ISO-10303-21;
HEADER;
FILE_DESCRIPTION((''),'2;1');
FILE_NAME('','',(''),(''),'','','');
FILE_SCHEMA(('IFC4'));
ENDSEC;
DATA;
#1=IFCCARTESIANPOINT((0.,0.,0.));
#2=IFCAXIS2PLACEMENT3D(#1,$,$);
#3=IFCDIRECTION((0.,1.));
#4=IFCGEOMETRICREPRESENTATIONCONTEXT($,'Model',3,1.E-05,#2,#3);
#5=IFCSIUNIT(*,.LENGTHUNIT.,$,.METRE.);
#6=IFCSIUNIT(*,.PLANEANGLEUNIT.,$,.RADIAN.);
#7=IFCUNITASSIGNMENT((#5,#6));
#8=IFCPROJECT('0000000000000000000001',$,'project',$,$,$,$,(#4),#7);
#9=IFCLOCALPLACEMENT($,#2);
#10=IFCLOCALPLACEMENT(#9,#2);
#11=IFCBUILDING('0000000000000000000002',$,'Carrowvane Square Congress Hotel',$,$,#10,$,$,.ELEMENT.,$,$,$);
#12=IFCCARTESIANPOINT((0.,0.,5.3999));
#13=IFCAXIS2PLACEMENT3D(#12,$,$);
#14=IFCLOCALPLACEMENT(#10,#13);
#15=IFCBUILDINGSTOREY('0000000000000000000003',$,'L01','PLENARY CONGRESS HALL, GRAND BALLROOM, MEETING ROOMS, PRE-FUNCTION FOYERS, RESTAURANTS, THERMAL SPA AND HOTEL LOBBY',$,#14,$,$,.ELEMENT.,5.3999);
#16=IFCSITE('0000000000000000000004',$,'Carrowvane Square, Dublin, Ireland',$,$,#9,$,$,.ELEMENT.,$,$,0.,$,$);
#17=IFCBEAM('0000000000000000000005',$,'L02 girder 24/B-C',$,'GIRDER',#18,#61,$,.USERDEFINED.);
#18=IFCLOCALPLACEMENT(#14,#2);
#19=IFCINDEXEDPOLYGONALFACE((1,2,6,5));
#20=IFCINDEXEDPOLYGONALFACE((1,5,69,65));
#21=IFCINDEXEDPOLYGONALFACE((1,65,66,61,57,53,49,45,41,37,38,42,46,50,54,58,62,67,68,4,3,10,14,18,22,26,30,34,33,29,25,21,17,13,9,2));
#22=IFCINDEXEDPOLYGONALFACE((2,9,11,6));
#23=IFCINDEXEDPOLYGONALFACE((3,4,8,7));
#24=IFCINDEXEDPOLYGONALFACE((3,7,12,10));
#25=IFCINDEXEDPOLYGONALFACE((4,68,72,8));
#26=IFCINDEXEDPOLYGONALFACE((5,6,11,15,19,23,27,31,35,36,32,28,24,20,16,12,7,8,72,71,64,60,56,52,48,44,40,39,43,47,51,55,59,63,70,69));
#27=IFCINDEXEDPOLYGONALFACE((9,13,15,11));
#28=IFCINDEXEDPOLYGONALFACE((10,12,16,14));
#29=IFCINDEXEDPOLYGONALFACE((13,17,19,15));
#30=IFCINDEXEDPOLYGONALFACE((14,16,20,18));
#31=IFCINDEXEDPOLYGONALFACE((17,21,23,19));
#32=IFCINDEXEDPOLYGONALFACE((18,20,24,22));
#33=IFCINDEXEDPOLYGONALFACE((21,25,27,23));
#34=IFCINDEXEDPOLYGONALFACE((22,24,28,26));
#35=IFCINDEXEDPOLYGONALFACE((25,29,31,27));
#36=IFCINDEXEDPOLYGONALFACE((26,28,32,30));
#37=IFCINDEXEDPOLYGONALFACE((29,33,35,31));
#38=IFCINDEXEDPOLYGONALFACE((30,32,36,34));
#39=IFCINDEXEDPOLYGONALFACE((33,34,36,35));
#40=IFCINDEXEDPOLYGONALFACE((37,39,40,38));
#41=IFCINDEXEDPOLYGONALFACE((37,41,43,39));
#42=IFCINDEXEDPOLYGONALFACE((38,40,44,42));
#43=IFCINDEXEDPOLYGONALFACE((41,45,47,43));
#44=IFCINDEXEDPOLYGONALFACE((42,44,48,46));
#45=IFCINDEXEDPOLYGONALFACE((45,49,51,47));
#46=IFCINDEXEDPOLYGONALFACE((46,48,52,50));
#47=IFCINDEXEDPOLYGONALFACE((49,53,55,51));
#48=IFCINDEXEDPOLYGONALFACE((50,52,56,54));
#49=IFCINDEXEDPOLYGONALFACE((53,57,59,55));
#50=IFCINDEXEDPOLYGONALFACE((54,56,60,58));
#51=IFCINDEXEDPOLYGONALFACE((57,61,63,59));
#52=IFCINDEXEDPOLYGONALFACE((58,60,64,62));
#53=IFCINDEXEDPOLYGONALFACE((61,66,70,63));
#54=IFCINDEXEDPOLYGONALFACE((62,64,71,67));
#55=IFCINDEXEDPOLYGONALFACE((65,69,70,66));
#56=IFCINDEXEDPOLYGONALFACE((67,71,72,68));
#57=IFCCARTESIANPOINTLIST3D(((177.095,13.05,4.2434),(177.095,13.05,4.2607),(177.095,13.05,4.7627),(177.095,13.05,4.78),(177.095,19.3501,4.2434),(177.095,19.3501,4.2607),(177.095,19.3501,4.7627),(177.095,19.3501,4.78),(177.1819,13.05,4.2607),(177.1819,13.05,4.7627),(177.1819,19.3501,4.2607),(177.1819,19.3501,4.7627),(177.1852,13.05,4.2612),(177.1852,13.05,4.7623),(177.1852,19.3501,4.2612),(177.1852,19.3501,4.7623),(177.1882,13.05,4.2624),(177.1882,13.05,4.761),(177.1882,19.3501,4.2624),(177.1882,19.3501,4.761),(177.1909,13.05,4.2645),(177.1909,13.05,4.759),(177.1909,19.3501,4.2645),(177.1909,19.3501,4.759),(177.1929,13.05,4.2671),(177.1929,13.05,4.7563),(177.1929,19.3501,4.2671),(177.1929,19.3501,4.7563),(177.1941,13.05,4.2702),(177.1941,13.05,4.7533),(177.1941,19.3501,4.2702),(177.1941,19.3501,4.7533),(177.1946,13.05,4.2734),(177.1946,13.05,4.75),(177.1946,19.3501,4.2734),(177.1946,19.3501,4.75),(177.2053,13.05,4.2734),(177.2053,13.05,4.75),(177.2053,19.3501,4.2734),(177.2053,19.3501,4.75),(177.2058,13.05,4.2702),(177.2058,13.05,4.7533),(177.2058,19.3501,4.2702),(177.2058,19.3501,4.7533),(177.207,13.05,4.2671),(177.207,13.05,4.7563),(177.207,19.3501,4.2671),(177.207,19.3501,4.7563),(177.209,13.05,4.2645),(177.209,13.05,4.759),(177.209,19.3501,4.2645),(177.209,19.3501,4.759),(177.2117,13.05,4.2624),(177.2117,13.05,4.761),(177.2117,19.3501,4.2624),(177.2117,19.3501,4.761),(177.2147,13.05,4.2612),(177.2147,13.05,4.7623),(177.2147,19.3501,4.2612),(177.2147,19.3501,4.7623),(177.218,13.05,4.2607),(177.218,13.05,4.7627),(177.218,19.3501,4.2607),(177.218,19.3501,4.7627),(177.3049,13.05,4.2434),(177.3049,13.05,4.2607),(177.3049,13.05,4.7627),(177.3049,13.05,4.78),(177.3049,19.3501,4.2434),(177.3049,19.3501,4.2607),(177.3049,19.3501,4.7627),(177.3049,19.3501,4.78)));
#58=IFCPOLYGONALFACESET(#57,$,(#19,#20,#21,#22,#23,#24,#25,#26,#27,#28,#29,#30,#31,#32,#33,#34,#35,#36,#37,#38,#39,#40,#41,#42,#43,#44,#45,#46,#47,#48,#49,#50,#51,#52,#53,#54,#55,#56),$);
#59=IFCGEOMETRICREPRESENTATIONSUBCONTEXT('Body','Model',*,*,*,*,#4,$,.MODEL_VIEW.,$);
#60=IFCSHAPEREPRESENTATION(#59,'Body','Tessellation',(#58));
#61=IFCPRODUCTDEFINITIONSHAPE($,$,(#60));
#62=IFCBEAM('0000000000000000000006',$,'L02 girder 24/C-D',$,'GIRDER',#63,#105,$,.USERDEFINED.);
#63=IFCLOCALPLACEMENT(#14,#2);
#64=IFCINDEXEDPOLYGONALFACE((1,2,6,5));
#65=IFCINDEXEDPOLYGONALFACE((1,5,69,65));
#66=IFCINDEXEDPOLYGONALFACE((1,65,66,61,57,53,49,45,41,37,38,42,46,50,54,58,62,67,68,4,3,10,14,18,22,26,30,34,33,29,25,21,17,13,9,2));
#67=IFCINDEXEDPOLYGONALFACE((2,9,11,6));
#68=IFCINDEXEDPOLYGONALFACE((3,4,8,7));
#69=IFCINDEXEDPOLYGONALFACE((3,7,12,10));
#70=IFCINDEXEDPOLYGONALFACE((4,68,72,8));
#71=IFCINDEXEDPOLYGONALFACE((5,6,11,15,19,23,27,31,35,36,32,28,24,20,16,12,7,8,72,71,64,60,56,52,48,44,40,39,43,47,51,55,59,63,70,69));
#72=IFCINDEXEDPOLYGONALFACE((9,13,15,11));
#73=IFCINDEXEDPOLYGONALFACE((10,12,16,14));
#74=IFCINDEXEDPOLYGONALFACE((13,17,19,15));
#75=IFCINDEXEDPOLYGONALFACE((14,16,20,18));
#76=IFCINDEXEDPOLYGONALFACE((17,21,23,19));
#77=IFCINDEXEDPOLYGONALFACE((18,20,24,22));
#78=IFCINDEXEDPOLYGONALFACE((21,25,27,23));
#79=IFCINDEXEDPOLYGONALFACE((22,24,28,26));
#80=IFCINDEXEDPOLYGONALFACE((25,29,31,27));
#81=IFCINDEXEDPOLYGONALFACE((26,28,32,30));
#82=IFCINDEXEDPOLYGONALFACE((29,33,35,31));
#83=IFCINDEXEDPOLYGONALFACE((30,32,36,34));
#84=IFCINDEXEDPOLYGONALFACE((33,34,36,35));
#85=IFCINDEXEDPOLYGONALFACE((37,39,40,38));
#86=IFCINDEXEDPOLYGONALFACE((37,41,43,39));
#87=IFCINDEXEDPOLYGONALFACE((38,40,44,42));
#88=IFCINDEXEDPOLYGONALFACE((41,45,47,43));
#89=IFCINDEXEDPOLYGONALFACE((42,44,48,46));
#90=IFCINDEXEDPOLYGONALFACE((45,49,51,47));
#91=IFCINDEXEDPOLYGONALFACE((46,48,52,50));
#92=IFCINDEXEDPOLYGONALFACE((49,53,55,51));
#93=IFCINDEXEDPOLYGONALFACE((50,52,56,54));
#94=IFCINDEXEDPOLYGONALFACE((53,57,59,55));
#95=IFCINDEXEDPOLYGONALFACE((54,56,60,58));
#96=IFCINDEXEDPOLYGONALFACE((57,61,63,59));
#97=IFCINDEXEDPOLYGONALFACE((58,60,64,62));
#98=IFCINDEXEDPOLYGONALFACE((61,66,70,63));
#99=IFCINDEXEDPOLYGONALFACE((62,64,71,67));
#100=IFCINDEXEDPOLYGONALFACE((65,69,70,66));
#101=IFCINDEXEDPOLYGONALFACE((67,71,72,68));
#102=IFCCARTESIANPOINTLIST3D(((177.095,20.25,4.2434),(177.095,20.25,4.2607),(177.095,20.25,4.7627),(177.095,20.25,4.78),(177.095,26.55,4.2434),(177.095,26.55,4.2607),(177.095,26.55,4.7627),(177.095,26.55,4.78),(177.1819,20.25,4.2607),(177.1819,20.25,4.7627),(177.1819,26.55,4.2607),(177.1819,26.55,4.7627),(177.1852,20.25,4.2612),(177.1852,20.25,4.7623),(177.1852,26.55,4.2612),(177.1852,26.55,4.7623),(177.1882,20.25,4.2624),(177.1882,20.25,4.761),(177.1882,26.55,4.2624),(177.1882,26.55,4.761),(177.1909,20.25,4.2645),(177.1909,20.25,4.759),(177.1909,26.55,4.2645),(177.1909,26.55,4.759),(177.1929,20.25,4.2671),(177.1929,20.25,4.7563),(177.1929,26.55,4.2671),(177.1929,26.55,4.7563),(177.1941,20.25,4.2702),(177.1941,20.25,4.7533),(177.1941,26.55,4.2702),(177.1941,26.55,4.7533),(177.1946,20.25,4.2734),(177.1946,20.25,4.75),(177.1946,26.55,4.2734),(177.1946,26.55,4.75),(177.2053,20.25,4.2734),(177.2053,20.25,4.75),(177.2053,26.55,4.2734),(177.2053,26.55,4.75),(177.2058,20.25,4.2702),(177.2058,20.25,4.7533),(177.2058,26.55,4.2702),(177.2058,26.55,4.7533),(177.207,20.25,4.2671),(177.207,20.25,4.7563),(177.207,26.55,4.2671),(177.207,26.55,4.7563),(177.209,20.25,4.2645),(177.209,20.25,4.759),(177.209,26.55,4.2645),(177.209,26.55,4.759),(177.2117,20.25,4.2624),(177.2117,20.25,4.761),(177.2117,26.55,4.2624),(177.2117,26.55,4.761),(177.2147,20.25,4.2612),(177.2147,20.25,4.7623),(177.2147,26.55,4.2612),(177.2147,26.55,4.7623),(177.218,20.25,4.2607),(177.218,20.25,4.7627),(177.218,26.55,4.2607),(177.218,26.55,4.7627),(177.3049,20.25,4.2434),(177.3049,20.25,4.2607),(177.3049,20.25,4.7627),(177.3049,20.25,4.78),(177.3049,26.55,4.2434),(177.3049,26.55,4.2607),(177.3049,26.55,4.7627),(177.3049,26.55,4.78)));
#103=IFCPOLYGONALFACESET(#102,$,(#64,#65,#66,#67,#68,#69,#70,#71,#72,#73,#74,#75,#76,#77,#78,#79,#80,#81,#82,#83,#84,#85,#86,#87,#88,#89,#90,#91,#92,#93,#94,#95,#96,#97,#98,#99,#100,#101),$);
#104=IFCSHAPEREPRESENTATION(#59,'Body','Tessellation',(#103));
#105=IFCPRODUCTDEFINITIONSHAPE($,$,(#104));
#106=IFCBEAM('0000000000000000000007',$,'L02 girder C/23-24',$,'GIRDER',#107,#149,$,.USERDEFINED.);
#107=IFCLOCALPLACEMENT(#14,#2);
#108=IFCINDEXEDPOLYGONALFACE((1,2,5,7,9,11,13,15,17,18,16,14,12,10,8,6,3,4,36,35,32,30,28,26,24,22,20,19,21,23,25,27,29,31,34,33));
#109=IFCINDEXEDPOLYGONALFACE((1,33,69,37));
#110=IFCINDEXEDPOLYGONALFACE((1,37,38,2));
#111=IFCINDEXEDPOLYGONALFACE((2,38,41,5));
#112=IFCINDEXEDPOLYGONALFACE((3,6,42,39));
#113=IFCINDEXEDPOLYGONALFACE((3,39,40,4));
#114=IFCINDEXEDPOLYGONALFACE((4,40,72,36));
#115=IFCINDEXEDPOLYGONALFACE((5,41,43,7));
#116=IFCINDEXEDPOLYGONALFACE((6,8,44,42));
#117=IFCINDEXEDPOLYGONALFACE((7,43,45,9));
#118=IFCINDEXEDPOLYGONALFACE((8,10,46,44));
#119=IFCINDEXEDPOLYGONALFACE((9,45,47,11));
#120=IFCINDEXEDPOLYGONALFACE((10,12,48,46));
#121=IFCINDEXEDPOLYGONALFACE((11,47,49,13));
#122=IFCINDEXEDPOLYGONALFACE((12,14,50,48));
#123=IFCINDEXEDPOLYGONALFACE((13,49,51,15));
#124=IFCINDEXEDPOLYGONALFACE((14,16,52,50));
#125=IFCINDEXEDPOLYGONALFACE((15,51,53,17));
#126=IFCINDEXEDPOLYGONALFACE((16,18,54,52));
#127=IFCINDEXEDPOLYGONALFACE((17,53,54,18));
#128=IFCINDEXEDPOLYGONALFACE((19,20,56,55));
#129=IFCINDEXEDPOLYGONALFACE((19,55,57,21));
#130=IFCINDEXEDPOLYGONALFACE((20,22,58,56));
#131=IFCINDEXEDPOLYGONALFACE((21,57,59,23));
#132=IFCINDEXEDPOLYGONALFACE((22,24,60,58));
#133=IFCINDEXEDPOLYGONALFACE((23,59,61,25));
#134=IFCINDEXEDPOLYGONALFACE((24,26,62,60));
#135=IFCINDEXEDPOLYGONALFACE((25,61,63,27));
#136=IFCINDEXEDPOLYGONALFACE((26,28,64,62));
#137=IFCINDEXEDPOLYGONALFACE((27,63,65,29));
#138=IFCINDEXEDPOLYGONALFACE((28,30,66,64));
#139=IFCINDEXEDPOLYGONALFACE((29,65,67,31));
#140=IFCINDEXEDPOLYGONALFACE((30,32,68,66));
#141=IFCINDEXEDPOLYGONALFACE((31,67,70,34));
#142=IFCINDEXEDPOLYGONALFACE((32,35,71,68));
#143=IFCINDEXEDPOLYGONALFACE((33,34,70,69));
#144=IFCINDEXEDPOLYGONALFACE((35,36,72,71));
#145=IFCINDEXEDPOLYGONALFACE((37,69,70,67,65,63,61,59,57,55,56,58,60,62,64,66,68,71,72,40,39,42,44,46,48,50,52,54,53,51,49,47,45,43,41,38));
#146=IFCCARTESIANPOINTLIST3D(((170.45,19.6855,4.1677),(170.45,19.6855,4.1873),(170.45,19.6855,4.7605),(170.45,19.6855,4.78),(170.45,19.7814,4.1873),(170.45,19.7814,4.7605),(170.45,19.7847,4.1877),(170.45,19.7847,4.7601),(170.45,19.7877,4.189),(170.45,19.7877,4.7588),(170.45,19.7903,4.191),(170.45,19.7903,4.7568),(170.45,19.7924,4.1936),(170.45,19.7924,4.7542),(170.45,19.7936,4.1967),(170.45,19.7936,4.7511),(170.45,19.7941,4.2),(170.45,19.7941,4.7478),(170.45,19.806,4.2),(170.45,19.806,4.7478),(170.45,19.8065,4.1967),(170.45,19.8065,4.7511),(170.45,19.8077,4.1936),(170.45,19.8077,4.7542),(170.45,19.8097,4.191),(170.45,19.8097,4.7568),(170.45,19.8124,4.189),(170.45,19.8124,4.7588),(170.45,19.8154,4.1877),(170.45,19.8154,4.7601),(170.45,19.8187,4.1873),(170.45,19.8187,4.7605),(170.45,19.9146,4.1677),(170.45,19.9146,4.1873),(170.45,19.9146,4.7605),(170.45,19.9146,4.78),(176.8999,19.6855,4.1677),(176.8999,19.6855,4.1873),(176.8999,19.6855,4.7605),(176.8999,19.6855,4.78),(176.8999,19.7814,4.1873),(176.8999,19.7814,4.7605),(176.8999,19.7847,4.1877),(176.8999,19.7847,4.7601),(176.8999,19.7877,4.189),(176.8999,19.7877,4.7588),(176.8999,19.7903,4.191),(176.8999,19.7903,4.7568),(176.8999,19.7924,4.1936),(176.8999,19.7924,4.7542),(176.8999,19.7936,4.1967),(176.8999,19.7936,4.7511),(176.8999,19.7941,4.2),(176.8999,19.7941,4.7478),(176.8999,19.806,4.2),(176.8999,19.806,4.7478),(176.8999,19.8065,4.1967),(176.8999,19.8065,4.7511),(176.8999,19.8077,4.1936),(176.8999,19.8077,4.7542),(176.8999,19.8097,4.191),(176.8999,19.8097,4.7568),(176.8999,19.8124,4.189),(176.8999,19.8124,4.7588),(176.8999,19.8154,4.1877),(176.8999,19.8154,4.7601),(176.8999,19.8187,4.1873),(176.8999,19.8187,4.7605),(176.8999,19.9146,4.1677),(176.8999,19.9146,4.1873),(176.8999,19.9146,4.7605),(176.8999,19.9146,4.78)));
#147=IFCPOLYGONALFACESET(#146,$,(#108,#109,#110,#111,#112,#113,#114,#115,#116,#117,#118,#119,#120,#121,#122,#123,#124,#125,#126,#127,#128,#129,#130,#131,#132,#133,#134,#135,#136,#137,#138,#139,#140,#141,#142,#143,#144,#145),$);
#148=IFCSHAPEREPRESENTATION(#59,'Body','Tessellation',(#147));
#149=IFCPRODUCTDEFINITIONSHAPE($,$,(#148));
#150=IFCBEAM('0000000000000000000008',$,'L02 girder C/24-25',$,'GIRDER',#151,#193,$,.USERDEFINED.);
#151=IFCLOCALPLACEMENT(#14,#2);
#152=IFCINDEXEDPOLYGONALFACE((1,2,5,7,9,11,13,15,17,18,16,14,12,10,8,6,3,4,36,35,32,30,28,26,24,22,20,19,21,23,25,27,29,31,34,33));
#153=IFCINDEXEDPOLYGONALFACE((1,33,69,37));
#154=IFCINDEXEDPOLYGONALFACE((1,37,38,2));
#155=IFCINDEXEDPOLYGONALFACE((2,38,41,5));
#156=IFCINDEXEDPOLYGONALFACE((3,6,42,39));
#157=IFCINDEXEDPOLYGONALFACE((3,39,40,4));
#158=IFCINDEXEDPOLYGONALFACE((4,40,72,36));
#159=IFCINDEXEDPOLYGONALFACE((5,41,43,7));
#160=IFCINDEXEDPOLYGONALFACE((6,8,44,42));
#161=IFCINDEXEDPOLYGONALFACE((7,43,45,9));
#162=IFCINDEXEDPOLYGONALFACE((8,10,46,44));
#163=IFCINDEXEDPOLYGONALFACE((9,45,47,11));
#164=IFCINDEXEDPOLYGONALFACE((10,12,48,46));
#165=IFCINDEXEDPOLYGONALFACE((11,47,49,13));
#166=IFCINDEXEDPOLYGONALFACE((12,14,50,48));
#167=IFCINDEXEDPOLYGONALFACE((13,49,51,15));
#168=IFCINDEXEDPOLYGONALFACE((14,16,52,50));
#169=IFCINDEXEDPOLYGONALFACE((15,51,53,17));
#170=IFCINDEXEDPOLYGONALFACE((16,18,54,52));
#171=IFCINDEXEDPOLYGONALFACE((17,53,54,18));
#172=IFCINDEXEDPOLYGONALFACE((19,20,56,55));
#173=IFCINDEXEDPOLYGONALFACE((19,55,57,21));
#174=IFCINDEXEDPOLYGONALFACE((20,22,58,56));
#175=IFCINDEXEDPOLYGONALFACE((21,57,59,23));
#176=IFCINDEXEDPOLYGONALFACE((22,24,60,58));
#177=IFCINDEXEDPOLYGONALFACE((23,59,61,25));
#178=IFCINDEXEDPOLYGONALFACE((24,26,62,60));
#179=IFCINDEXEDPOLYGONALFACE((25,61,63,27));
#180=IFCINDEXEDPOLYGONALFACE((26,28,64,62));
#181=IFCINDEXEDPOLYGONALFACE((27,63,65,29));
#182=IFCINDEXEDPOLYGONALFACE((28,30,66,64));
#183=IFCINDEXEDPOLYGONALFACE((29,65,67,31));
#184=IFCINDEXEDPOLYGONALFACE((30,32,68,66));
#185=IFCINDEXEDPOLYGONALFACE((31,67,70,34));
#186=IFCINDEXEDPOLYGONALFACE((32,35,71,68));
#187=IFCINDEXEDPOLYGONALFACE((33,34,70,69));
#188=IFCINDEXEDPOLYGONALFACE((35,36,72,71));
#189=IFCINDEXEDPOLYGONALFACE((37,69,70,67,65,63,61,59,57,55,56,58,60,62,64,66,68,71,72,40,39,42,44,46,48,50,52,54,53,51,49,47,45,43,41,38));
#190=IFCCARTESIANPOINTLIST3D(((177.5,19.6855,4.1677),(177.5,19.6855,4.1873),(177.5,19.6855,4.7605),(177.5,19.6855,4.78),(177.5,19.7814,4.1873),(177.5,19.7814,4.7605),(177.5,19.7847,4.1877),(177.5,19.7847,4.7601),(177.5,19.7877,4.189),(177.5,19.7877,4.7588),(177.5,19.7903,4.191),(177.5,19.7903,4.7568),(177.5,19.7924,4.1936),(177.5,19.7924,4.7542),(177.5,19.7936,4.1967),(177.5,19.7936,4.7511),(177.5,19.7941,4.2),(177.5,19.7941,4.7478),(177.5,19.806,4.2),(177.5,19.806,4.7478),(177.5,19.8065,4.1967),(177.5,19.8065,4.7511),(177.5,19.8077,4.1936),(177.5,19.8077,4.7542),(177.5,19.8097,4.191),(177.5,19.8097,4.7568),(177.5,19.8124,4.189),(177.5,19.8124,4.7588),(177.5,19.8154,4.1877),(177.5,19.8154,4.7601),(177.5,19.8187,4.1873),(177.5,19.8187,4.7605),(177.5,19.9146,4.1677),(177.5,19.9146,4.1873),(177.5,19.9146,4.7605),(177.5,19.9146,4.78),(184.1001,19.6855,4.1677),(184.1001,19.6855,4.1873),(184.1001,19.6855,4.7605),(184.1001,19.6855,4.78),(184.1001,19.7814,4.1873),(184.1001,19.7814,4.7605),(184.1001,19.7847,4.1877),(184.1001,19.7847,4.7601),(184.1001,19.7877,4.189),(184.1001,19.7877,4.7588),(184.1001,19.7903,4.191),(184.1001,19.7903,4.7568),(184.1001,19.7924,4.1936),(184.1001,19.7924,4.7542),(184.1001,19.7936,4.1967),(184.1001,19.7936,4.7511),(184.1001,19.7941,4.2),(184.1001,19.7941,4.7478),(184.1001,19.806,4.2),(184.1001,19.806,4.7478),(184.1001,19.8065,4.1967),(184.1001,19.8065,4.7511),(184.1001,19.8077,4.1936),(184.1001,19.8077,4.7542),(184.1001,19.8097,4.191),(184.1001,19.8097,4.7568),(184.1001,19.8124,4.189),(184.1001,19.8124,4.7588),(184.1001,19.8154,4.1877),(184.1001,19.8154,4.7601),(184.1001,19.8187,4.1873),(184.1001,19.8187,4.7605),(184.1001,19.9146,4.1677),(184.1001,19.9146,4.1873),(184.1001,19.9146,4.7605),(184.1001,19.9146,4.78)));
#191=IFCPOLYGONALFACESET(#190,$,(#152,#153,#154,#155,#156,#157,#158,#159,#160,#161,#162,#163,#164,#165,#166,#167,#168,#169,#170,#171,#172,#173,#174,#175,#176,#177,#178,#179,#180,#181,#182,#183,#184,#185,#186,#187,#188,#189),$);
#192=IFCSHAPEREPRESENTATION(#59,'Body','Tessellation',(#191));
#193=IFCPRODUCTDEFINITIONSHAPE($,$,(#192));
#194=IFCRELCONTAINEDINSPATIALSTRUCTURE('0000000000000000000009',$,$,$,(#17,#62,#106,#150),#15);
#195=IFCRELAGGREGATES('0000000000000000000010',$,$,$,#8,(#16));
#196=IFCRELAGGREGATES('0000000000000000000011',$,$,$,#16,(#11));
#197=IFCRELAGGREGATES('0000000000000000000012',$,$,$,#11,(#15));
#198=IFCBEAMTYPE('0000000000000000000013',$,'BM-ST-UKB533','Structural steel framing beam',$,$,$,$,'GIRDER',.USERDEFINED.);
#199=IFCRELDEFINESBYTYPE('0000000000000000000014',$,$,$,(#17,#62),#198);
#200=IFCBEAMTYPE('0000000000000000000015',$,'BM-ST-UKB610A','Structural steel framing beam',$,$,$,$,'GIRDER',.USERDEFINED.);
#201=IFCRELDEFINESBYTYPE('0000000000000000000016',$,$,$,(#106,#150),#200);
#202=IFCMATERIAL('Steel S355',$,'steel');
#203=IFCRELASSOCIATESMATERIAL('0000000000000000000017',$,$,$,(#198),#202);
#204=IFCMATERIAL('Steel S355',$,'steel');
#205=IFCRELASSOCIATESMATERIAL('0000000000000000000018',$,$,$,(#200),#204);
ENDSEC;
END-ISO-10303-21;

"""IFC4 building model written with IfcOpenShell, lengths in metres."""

from ifc_helpers import new_model, si_unit, direction, frame, origin, origin_2d, place, context, subcontext, project, spatial, i_section, extrude, material, material_profile, profile_set, type_object, element, save


model = new_model("IFC4")

# Units and contexts
model_context = context("Model", 3, precision=1e-05, world=origin(), true_north=direction((0.0, 1.0)))
body_context = subcontext(model_context, "Body", "Model", "MODEL_VIEW")
ifc_project = project(units=[si_unit("LENGTHUNIT", "METRE"), si_unit("PLANEANGLEUNIT", "RADIAN")], contexts=[model_context])

# Site, building, storey
site_placement = place(None, origin())
site = spatial("IfcSite", under=ifc_project, at=site_placement, Name="Carrowvane Square, Dublin, Ireland", CompositionType="ELEMENT", RefElevation=0.0)
building_placement = place(site_placement, origin())
building = spatial("IfcBuilding", under=site, at=building_placement, Name="Carrowvane Square Congress Hotel", CompositionType="ELEMENT")
storey_placement = place(building_placement, frame((0.0, 0.0, 5.3999)))
storey = spatial("IfcBuildingStorey", under=building, at=storey_placement, Name="L01", Description="PLENARY CONGRESS HALL, GRAND BALLROOM, MEETING ROOMS, PRE-FUNCTION FOYERS, RESTAURANTS, THERMAL SPA AND HOTEL LOBBY", CompositionType="ELEMENT", Elevation=5.3999)

# Beams
ifc_material_1 = material(Name="Steel S355", Category="steel")
ifc_material_profile_1 = material_profile(ifc_material_1, i_section(OverallWidth=0.21, OverallDepth=0.5366, WebThickness=0.0107, FlangeThickness=0.0173, FilletRadius=0.0127, at=origin_2d()), Name="UKB 533x210x101")
ifc_profile_set_1 = profile_set([ifc_material_profile_1], Name="Steel S355")
beam_type_1 = type_object("IfcBeamType", Name="BM-ST-UKB533", Description="Structural steel framing beam", ElementType="GIRDER", PredefinedType="USERDEFINED", material=ifc_profile_set_1)
for number, where, z_axis, x_axis, name in (
    (1, (177.2, 13.05, 4.5117), (0.0, 1.0, 0.0), (-1.0, 0.0, 0.0), "L02 girder 24/B-C"),
    (2, (177.2, 20.25, 4.5117), (0.0, 1.0, 0.0), (-1.0, 0.0, 0.0), "L02 girder 24/C-D"),
):
    element("IfcBeam", number, at=place(storey_placement, frame(where, z_axis=z_axis, x_axis=x_axis)), inside=storey, type_object=beam_type_1, Name=name, ObjectType="GIRDER", PredefinedType="USERDEFINED", context=body_context, shape_type="SweptSolid", body=[
        extrude(i_section(OverallWidth=0.21, OverallDepth=0.5366, WebThickness=0.0107, FlangeThickness=0.0173, FilletRadius=0.0127, at=origin_2d()), origin(), (0.0, 0.0, 1.0), 6.3),
    ])
ifc_material_2 = material(Name="Steel S355", Category="steel")
ifc_material_profile_2 = material_profile(ifc_material_2, i_section(OverallWidth=0.229, OverallDepth=0.6123, WebThickness=0.012, FlangeThickness=0.0195, FilletRadius=0.0127, at=origin_2d()), Name="UKB 610x229x125")
ifc_profile_set_2 = profile_set([ifc_material_profile_2], Name="Steel S355")
beam_type_2 = type_object("IfcBeamType", Name="BM-ST-UKB610A", Description="Structural steel framing beam", ElementType="GIRDER", PredefinedType="USERDEFINED", material=ifc_profile_set_2)
beam_1_placement = place(storey_placement, frame((170.45, 19.8, 4.4739), z_axis=(1.0, 0.0, 0.0), x_axis=(0.0, 1.0, 0.0)))
element("IfcBeam", 3, at=beam_1_placement, inside=storey, type_object=beam_type_2, Name="L02 girder C/23-24", ObjectType="GIRDER", PredefinedType="USERDEFINED", context=body_context, shape_type="SweptSolid", body=[
    extrude(i_section(OverallWidth=0.229, OverallDepth=0.6123, WebThickness=0.012, FlangeThickness=0.0195, FilletRadius=0.0127, at=origin_2d()), origin(), (0.0, 0.0, 1.0), 6.45),
])
beam_2_placement = place(storey_placement, frame((177.5, 19.8, 4.4739), z_axis=(1.0, 0.0, 0.0), x_axis=(0.0, 1.0, 0.0)))
element("IfcBeam", 4, at=beam_2_placement, inside=storey, type_object=beam_type_2, Name="L02 girder C/24-25", ObjectType="GIRDER", PredefinedType="USERDEFINED", context=body_context, shape_type="SweptSolid", body=[
    extrude(i_section(OverallWidth=0.229, OverallDepth=0.6123, WebThickness=0.012, FlangeThickness=0.0195, FilletRadius=0.0127, at=origin_2d()), origin(), (0.0, 0.0, 1.0), 6.6001),
])

save(model, "model.ifc")
